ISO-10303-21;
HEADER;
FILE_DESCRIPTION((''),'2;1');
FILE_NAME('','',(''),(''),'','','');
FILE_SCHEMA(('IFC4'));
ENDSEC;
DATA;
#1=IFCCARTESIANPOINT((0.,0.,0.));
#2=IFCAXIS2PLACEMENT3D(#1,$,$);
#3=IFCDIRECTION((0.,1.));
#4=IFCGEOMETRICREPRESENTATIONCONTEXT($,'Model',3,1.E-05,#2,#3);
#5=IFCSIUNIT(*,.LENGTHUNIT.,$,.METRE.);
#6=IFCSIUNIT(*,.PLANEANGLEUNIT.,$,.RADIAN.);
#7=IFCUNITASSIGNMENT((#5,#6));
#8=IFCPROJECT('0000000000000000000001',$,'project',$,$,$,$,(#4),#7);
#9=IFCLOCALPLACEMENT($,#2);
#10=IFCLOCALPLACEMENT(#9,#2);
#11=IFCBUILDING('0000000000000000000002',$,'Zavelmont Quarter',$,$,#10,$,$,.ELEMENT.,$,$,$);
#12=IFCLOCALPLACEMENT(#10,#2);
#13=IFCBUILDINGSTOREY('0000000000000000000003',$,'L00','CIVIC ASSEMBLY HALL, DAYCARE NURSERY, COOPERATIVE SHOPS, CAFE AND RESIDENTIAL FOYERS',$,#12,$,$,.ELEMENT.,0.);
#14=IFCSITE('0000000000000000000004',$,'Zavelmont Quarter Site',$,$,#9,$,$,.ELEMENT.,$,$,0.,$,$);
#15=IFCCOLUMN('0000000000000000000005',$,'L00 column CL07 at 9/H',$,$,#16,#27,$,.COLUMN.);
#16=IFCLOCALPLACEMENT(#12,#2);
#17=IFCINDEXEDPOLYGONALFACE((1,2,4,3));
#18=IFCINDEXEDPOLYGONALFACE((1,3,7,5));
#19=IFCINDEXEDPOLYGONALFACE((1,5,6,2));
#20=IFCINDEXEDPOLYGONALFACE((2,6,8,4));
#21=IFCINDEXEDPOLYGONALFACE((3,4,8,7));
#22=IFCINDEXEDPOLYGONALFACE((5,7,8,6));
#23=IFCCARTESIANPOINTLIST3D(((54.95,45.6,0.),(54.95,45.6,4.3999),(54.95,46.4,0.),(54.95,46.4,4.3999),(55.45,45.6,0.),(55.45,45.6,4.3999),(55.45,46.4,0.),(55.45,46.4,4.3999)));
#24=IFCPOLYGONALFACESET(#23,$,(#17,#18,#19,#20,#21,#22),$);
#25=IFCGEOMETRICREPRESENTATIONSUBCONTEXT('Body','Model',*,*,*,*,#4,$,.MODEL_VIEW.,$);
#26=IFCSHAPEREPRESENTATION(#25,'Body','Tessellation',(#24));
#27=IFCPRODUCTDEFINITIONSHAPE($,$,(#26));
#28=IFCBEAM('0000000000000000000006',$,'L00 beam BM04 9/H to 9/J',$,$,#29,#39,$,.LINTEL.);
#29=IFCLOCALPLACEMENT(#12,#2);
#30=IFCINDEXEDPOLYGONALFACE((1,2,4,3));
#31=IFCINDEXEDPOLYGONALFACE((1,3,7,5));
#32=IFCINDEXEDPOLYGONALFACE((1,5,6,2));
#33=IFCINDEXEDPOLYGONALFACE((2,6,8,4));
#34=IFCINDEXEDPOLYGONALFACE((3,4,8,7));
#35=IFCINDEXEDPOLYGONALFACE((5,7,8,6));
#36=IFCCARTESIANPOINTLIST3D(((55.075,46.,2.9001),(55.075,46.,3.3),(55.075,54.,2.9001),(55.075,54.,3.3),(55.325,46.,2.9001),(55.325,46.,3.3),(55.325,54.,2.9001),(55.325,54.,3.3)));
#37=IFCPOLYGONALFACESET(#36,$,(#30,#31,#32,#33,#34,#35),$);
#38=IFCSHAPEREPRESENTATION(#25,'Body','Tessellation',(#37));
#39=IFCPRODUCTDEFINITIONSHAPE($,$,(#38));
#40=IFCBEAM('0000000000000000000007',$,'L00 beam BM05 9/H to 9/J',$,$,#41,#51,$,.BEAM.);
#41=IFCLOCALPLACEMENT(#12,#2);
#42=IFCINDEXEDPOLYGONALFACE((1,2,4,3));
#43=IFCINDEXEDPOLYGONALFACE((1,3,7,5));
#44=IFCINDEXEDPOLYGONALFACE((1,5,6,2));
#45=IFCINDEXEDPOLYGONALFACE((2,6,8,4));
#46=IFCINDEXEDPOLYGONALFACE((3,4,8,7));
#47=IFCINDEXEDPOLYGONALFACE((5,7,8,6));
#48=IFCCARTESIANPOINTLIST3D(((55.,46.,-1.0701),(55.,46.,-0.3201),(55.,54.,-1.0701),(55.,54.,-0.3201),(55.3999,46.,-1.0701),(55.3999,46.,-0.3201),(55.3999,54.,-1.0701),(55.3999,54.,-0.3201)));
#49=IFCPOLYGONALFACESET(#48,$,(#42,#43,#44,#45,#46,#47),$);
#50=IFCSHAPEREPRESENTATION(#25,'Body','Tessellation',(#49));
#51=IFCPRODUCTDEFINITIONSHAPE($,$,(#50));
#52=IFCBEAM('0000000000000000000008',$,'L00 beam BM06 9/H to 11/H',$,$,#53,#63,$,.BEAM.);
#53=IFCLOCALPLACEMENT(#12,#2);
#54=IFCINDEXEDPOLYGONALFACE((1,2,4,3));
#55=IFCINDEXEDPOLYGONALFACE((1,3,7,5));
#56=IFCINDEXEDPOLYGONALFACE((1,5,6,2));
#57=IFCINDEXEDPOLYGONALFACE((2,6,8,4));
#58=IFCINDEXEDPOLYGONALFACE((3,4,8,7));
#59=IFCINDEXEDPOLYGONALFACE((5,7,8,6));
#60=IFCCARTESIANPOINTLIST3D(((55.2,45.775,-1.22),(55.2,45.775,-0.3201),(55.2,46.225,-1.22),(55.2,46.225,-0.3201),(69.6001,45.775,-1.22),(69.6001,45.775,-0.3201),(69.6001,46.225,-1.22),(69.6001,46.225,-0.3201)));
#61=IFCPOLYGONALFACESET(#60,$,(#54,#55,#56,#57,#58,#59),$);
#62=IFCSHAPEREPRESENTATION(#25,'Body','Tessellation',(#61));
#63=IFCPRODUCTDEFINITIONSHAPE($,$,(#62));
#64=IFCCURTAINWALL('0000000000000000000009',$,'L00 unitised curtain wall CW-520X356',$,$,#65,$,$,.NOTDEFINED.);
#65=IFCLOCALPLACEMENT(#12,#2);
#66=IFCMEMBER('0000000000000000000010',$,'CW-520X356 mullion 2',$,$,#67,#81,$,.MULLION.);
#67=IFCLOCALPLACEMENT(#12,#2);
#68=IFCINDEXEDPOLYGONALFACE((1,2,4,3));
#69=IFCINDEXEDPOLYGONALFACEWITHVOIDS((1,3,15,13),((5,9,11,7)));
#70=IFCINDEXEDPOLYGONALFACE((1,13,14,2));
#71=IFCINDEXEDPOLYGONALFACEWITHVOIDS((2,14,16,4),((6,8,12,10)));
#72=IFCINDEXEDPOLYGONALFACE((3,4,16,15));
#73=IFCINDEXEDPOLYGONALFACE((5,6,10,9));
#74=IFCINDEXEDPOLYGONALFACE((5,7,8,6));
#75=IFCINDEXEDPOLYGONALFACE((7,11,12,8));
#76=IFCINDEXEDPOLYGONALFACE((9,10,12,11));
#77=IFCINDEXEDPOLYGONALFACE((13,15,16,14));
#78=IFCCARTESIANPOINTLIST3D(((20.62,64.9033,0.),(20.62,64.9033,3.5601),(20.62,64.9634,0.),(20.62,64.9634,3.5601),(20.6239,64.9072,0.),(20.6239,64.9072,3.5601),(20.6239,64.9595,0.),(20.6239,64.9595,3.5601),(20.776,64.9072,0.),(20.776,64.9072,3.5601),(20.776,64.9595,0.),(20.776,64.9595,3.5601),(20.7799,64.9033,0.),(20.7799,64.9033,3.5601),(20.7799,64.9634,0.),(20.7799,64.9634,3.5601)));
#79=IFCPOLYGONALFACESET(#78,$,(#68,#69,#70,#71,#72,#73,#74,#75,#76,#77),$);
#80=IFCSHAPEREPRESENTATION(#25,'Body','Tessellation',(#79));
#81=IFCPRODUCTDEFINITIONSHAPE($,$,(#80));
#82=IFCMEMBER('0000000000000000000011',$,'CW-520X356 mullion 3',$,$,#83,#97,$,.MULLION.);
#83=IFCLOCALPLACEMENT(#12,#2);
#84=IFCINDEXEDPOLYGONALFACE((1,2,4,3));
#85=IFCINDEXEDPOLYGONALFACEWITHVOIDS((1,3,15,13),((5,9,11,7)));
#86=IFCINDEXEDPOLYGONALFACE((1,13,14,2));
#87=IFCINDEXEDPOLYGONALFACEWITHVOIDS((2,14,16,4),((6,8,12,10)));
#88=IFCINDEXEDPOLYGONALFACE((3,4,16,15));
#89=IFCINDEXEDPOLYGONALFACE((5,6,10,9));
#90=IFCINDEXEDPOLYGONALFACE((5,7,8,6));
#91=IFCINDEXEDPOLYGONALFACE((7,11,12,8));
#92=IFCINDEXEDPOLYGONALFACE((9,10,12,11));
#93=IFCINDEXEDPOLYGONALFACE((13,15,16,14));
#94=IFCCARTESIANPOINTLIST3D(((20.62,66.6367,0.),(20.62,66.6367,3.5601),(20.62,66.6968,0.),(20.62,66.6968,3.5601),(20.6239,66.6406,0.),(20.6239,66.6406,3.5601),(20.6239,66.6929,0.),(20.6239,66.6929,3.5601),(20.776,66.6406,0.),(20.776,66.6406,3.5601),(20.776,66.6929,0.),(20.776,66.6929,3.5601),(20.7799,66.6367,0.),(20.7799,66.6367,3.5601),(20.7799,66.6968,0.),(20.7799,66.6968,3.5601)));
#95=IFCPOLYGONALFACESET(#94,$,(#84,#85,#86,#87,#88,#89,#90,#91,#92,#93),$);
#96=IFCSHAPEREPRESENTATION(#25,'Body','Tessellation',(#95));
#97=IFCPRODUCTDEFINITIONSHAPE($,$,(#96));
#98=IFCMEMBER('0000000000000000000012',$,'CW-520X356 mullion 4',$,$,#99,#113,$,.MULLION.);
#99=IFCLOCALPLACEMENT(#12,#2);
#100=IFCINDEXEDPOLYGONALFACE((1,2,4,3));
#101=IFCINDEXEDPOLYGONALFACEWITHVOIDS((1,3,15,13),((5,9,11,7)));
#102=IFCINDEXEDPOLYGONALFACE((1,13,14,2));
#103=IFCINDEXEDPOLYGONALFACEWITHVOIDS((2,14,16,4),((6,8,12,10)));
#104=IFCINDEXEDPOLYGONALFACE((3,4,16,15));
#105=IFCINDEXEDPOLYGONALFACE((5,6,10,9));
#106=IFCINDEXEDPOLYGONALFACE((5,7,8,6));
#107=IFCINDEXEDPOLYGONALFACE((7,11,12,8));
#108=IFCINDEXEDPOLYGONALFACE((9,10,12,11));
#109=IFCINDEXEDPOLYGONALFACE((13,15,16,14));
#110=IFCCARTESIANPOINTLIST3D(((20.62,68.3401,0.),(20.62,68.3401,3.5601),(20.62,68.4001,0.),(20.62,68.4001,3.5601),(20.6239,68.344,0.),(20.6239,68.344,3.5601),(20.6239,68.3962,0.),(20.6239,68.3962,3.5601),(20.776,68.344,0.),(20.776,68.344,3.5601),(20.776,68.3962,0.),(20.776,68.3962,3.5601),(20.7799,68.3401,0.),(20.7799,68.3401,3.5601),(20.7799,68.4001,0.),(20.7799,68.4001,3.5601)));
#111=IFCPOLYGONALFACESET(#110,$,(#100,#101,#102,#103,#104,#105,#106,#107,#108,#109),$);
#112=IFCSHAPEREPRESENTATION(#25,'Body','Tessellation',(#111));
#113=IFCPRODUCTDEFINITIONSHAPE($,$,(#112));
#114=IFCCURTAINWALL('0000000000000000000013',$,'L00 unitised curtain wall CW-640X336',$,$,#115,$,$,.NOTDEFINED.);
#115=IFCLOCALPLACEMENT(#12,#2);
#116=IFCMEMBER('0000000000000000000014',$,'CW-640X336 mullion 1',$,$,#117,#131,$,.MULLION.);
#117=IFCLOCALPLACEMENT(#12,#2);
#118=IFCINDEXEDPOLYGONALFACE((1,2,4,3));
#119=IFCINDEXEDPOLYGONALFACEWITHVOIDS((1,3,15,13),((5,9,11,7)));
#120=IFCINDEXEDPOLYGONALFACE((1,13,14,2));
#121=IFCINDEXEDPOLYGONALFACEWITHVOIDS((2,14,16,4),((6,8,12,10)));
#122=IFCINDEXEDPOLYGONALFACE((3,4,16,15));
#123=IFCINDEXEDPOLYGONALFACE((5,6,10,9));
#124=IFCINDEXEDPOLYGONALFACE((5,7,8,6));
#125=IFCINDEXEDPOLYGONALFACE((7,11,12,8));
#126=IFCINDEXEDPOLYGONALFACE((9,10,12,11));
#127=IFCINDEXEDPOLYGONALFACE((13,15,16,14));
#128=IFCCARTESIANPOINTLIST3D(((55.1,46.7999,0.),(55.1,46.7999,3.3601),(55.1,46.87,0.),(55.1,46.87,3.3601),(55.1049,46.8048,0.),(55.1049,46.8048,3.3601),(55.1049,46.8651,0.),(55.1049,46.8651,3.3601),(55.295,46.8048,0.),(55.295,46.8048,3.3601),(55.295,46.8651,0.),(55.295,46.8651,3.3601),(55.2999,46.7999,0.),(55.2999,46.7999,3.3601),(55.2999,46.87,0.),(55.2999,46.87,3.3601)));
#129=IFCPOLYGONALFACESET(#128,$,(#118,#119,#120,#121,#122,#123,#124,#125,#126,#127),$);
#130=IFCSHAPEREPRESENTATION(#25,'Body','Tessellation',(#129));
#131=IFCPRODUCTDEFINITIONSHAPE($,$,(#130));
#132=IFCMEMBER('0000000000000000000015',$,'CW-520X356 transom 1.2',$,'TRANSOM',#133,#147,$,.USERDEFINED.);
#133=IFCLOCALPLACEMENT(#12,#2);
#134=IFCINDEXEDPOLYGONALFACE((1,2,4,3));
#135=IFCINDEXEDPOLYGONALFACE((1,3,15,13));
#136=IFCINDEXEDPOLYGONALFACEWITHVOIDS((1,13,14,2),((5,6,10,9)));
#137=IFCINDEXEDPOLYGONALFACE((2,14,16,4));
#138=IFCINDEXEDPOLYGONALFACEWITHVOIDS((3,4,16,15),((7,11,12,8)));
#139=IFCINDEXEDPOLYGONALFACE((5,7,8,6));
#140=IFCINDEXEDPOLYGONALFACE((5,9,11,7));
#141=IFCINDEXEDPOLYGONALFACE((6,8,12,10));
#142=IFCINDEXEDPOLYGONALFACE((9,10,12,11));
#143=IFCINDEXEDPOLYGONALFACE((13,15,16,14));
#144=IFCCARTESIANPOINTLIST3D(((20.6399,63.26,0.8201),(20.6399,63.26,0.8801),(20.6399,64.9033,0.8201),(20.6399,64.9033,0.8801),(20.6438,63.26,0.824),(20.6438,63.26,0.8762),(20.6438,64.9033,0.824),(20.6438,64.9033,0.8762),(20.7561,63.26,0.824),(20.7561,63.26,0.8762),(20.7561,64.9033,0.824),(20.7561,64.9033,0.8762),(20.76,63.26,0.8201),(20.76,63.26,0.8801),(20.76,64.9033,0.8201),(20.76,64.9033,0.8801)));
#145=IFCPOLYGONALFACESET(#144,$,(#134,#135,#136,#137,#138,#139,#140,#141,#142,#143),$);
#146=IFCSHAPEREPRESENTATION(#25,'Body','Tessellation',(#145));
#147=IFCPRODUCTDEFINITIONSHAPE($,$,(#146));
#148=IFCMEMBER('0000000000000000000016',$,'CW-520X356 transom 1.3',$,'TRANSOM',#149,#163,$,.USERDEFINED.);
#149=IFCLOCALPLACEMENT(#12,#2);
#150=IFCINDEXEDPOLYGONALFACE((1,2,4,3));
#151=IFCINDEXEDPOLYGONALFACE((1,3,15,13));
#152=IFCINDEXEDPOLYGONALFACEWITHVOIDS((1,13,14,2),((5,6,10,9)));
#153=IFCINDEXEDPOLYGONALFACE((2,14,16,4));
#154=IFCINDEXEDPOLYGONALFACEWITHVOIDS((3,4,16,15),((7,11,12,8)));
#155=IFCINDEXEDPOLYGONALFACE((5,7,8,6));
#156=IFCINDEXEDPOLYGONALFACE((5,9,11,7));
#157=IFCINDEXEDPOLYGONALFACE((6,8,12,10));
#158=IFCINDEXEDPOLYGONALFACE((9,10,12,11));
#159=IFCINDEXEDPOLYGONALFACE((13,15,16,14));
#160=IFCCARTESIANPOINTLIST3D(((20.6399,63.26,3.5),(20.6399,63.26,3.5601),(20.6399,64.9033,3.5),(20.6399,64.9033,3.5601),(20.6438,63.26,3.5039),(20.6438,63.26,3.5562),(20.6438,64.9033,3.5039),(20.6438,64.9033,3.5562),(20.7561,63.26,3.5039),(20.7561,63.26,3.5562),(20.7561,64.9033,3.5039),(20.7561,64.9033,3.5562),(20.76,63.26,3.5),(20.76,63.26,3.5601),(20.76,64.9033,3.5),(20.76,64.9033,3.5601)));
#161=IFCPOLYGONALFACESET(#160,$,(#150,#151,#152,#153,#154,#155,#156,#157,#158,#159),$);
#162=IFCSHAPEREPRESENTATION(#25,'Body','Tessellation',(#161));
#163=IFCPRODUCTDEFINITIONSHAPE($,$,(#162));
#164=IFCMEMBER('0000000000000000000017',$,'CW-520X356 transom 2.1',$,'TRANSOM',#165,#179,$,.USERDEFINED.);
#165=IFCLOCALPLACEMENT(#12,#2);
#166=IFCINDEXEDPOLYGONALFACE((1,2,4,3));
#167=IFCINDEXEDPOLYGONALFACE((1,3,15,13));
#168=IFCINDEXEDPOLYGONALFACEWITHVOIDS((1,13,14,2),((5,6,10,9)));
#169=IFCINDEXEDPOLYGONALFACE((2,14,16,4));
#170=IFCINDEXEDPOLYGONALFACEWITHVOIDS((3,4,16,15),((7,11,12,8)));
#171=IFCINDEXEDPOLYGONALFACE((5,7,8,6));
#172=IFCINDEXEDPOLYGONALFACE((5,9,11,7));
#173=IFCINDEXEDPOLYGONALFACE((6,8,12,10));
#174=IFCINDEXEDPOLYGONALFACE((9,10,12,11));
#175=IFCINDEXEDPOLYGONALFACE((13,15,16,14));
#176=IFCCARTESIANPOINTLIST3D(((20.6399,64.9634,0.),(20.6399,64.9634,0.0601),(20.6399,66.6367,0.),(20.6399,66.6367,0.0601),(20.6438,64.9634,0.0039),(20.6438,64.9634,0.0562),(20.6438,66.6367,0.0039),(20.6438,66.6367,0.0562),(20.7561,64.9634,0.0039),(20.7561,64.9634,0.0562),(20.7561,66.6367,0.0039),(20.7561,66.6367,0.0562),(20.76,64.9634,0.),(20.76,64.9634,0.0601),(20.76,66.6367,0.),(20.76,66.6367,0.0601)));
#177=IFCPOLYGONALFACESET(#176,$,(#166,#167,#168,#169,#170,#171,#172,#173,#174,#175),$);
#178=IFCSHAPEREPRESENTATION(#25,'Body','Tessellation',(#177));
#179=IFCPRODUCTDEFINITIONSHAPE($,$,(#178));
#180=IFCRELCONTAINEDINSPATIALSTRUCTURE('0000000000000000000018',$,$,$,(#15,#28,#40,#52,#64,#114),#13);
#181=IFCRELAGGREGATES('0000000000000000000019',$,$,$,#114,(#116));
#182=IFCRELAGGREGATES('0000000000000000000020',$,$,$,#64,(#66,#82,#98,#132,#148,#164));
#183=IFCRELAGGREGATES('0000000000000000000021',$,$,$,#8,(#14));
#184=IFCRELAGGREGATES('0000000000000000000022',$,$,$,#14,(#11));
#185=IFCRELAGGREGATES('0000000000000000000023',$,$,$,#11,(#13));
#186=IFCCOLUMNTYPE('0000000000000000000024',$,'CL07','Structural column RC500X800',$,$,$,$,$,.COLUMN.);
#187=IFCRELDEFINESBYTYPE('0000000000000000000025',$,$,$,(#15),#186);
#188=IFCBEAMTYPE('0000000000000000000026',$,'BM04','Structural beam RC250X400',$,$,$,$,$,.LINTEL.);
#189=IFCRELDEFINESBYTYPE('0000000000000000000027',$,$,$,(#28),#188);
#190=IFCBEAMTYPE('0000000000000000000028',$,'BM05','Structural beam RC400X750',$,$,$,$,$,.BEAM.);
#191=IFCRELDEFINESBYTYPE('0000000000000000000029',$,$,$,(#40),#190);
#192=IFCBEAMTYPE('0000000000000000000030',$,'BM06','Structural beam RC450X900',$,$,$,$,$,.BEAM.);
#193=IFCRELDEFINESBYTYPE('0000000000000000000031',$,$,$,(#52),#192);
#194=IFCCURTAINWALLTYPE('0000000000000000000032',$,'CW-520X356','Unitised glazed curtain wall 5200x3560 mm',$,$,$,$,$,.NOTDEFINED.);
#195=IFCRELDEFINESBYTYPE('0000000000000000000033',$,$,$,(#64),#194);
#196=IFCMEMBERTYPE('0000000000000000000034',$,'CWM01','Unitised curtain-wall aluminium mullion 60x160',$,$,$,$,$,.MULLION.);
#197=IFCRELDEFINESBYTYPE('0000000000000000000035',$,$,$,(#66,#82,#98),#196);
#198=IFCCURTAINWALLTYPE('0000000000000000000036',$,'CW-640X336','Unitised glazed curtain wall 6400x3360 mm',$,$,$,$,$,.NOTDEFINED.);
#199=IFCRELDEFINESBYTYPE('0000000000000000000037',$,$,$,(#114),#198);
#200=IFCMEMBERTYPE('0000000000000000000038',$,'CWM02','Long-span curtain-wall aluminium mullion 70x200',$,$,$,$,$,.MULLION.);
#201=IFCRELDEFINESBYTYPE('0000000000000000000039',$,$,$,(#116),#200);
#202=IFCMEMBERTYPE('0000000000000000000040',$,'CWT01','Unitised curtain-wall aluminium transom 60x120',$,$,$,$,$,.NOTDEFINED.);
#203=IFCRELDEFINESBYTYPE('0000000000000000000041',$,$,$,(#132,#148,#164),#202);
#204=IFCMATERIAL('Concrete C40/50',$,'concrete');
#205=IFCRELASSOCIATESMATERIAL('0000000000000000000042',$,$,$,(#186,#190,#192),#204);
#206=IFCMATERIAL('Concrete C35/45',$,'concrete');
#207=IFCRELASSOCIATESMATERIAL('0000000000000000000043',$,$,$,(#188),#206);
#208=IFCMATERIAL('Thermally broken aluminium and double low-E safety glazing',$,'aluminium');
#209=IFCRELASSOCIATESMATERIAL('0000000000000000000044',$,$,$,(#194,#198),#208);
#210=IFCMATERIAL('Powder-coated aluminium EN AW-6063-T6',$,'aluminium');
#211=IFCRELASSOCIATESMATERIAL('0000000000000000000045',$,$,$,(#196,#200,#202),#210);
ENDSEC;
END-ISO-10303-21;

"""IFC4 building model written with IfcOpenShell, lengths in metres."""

from ifc_helpers import new_model, si_unit, direction, frame, origin, origin_2d, place, context, subcontext, project, spatial, rectangle, hollow_rectangle, extrude, material, material_profile, profile_set, type_object, element, aggregate, save


model = new_model("IFC4")

# Units and contexts
model_context = context("Model", 3, precision=1e-05, world=origin(), true_north=direction((0.0, 1.0)))
body_context = subcontext(model_context, "Body", "Model", "MODEL_VIEW")
ifc_project = project(units=[si_unit("LENGTHUNIT", "METRE"), si_unit("PLANEANGLEUNIT", "RADIAN")], contexts=[model_context])

# Site, building, storey
site_placement = place(None, origin())
site = spatial("IfcSite", under=ifc_project, at=site_placement, Name="Zavelmont Quarter Site", CompositionType="ELEMENT", RefElevation=0.0)
building_placement = place(site_placement, origin())
building = spatial("IfcBuilding", under=site, at=building_placement, Name="Zavelmont Quarter", CompositionType="ELEMENT")
storey_placement = place(building_placement, origin())
storey = spatial("IfcBuildingStorey", under=building, at=storey_placement, Name="L00", Description="CIVIC ASSEMBLY HALL, DAYCARE NURSERY, COOPERATIVE SHOPS, CAFE AND RESIDENTIAL FOYERS", CompositionType="ELEMENT", Elevation=0.0)

# Column
ifc_material_1 = material(Name="Concrete C40/50", Category="concrete")
ifc_material_profile_1 = material_profile(ifc_material_1, rectangle(XDim=0.5, YDim=0.8, at=origin_2d()), Name="RC500X800")
ifc_profile_set_1 = profile_set([ifc_material_profile_1], Name="Concrete C40/50")
column_type = type_object("IfcColumnType", Name="CL07", Description="Structural column RC500X800", PredefinedType="COLUMN", material=ifc_profile_set_1)
column_placement = place(storey_placement, frame((55.2, 46.0, 0.0), z_axis=(0.0, 0.0, 1.0), x_axis=(1.0, 0.0, 0.0)))
element("IfcColumn", 1, at=column_placement, inside=storey, type_object=column_type, Name="L00 column CL07 at 9/H", PredefinedType="COLUMN", context=body_context, shape_type="SweptSolid", body=[
    extrude(rectangle(XDim=0.5, YDim=0.8, at=origin_2d()), origin(), (0.0, 0.0, 1.0), 4.3999),
])

# Beams
ifc_material_2 = material(Name="Concrete C35/45", Category="concrete")
ifc_material_profile_2 = material_profile(ifc_material_2, rectangle(XDim=0.25, YDim=0.3999, at=origin_2d()), Name="RC250X400")
ifc_profile_set_2 = profile_set([ifc_material_profile_2], Name="Concrete C35/45")
beam_type_1 = type_object("IfcBeamType", Name="BM04", Description="Structural beam RC250X400", PredefinedType="LINTEL", material=ifc_profile_set_2)
beam_1_placement = place(storey_placement, frame((55.2, 46.0, 3.1001), z_axis=(0.0, 1.0, 0.0), x_axis=(-1.0, 0.0, 0.0)))
element("IfcBeam", 2, at=beam_1_placement, inside=storey, type_object=beam_type_1, Name="L00 beam BM04 9/H to 9/J", PredefinedType="LINTEL", context=body_context, shape_type="SweptSolid", body=[
    extrude(rectangle(XDim=0.25, YDim=0.3999, at=origin_2d()), origin(), (0.0, 0.0, 1.0), 8.0),
])
ifc_material_profile_3 = material_profile(ifc_material_1, rectangle(XDim=0.3999, YDim=0.75, at=origin_2d()), Name="RC400X750")
ifc_profile_set_3 = profile_set([ifc_material_profile_3], Name="Concrete C40/50")
beam_type_2 = type_object("IfcBeamType", Name="BM05", Description="Structural beam RC400X750", PredefinedType="BEAM", material=ifc_profile_set_3)
beam_2_placement = place(storey_placement, frame((55.2, 46.0, -0.6951), z_axis=(0.0, 1.0, 0.0), x_axis=(-1.0, 0.0, 0.0)))
element("IfcBeam", 3, at=beam_2_placement, inside=storey, type_object=beam_type_2, Name="L00 beam BM05 9/H to 9/J", PredefinedType="BEAM", context=body_context, shape_type="SweptSolid", body=[
    extrude(rectangle(XDim=0.3999, YDim=0.75, at=origin_2d()), origin(), (0.0, 0.0, 1.0), 8.0),
])
ifc_material_profile_4 = material_profile(ifc_material_1, rectangle(XDim=0.45, YDim=0.8999, at=origin_2d()), Name="RC450X900")
ifc_profile_set_4 = profile_set([ifc_material_profile_4], Name="Concrete C40/50")
beam_type_3 = type_object("IfcBeamType", Name="BM06", Description="Structural beam RC450X900", PredefinedType="BEAM", material=ifc_profile_set_4)
beam_3_placement = place(storey_placement, frame((55.2, 46.0, -0.77), z_axis=(1.0, 0.0, 0.0), x_axis=(0.0, 1.0, 0.0)))
element("IfcBeam", 4, at=beam_3_placement, inside=storey, type_object=beam_type_3, Name="L00 beam BM06 9/H to 11/H", PredefinedType="BEAM", context=body_context, shape_type="SweptSolid", body=[
    extrude(rectangle(XDim=0.45, YDim=0.8999, at=origin_2d()), origin(), (0.0, 0.0, 1.0), 14.4001),
])

# Curtain wall, members
ifc_material_3 = material(Name="Thermally broken aluminium and double low-E safety glazing", Category="aluminium")
curtain_wall_type_1 = type_object("IfcCurtainWallType", Name="CW-520X356", Description="Unitised glazed curtain wall 5200x3560 mm", PredefinedType="NOTDEFINED", material=ifc_material_3)
curtain_wall_1_placement = place(storey_placement, origin())
curtain_wall_1 = element("IfcCurtainWall", 5, at=curtain_wall_1_placement, inside=storey, type_object=curtain_wall_type_1, Name="L00 unitised curtain wall CW-520X356", PredefinedType="NOTDEFINED")
ifc_material_4 = material(Name="Powder-coated aluminium EN AW-6063-T6", Category="aluminium")
ifc_material_profile_5 = material_profile(ifc_material_4, hollow_rectangle(XDim=0.0601, YDim=0.1599, WallThickness=0.0039, at=origin_2d()), Name="CWM60X160")
ifc_profile_set_5 = profile_set([ifc_material_profile_5], Name="Powder-coated aluminium EN AW-6063-T6")
member_type_1 = type_object("IfcMemberType", Name="CWM01", Description="Unitised curtain-wall aluminium mullion 60x160", PredefinedType="MULLION", material=ifc_profile_set_5)
member_1_placement = place(storey_placement, frame((20.7, 64.9333, 0.0), z_axis=(0.0, 0.0, 1.0), x_axis=(0.0, 1.0, 0.0)))
member_1 = element("IfcMember", 6, at=member_1_placement, type_object=member_type_1, Name="CW-520X356 mullion 2", PredefinedType="MULLION", context=body_context, shape_type="SweptSolid", body=[
    extrude(hollow_rectangle(XDim=0.0601, YDim=0.1599, WallThickness=0.0039, at=origin_2d()), origin(), (0.0, 0.0, 1.0), 3.5601),
])
member_2_placement = place(storey_placement, frame((20.7, 66.6667, 0.0), z_axis=(0.0, 0.0, 1.0), x_axis=(0.0, 1.0, 0.0)))
member_2 = element("IfcMember", 7, at=member_2_placement, type_object=member_type_1, Name="CW-520X356 mullion 3", PredefinedType="MULLION", context=body_context, shape_type="SweptSolid", body=[
    extrude(hollow_rectangle(XDim=0.0601, YDim=0.1599, WallThickness=0.0039, at=origin_2d()), origin(), (0.0, 0.0, 1.0), 3.5601),
])
member_3_placement = place(storey_placement, frame((20.7, 68.3701, 0.0), z_axis=(0.0, 0.0, 1.0), x_axis=(0.0, 1.0, 0.0)))
member_3 = element("IfcMember", 8, at=member_3_placement, type_object=member_type_1, Name="CW-520X356 mullion 4", PredefinedType="MULLION", context=body_context, shape_type="SweptSolid", body=[
    extrude(hollow_rectangle(XDim=0.0601, YDim=0.1599, WallThickness=0.0039, at=origin_2d()), origin(), (0.0, 0.0, 1.0), 3.5601),
])

# Curtain wall, member
curtain_wall_type_2 = type_object("IfcCurtainWallType", Name="CW-640X336", Description="Unitised glazed curtain wall 6400x3360 mm", PredefinedType="NOTDEFINED", material=ifc_material_3)
curtain_wall_2_placement = place(storey_placement, origin())
curtain_wall_2 = element("IfcCurtainWall", 9, at=curtain_wall_2_placement, inside=storey, type_object=curtain_wall_type_2, Name="L00 unitised curtain wall CW-640X336", PredefinedType="NOTDEFINED")
ifc_material_profile_6 = material_profile(ifc_material_4, hollow_rectangle(XDim=0.0701, YDim=0.2, WallThickness=0.0049, at=origin_2d()), Name="CWM70X200")
ifc_profile_set_6 = profile_set([ifc_material_profile_6], Name="Powder-coated aluminium EN AW-6063-T6")
member_type_2 = type_object("IfcMemberType", Name="CWM02", Description="Long-span curtain-wall aluminium mullion 70x200", PredefinedType="MULLION", material=ifc_profile_set_6)
member_4_placement = place(storey_placement, frame((55.2, 46.835, 0.0), z_axis=(0.0, 0.0, 1.0), x_axis=(0.0, 1.0, 0.0)))
member_4 = element("IfcMember", 10, at=member_4_placement, type_object=member_type_2, Name="CW-640X336 mullion 1", PredefinedType="MULLION", context=body_context, shape_type="SweptSolid", body=[
    extrude(hollow_rectangle(XDim=0.0701, YDim=0.2, WallThickness=0.0049, at=origin_2d()), origin(), (0.0, 0.0, 1.0), 3.3601),
])

# Members
ifc_material_profile_7 = material_profile(ifc_material_4, hollow_rectangle(XDim=0.1201, YDim=0.0601, WallThickness=0.0039, at=origin_2d()), Name="CWT60X120")
ifc_profile_set_7 = profile_set([ifc_material_profile_7], Name="Powder-coated aluminium EN AW-6063-T6")
member_type_3 = type_object("IfcMemberType", Name="CWT01", Description="Unitised curtain-wall aluminium transom 60x120", PredefinedType="NOTDEFINED", material=ifc_profile_set_7)
member_5_placement = place(storey_placement, frame((20.7, 63.26, 0.8501), z_axis=(0.0, 1.0, 0.0), x_axis=(-1.0, 0.0, 0.0)))
member_5 = element("IfcMember", 11, at=member_5_placement, type_object=member_type_3, Name="CW-520X356 transom 1.2", ObjectType="TRANSOM", PredefinedType="USERDEFINED", context=body_context, shape_type="SweptSolid", body=[
    extrude(hollow_rectangle(XDim=0.1201, YDim=0.0601, WallThickness=0.0039, at=origin_2d()), origin(), (0.0, 0.0, 1.0), 1.6433),
])
member_6_placement = place(storey_placement, frame((20.7, 63.26, 3.53), z_axis=(0.0, 1.0, 0.0), x_axis=(-1.0, 0.0, 0.0)))
member_6 = element("IfcMember", 12, at=member_6_placement, type_object=member_type_3, Name="CW-520X356 transom 1.3", ObjectType="TRANSOM", PredefinedType="USERDEFINED", context=body_context, shape_type="SweptSolid", body=[
    extrude(hollow_rectangle(XDim=0.1201, YDim=0.0601, WallThickness=0.0039, at=origin_2d()), origin(), (0.0, 0.0, 1.0), 1.6433),
])
member_7_placement = place(storey_placement, frame((20.7, 64.9634, 0.03), z_axis=(0.0, 1.0, 0.0), x_axis=(-1.0, 0.0, 0.0)))
member_7 = element("IfcMember", 13, at=member_7_placement, type_object=member_type_3, Name="CW-520X356 transom 2.1", ObjectType="TRANSOM", PredefinedType="USERDEFINED", context=body_context, shape_type="SweptSolid", body=[
    extrude(hollow_rectangle(XDim=0.1201, YDim=0.0601, WallThickness=0.0039, at=origin_2d()), origin(), (0.0, 0.0, 1.0), 1.6733),
])
aggregate(curtain_wall_2, [member_4])

aggregate(curtain_wall_1, [member_1, member_2, member_3, member_5, member_6, member_7])

save(model, "model.ifc")
